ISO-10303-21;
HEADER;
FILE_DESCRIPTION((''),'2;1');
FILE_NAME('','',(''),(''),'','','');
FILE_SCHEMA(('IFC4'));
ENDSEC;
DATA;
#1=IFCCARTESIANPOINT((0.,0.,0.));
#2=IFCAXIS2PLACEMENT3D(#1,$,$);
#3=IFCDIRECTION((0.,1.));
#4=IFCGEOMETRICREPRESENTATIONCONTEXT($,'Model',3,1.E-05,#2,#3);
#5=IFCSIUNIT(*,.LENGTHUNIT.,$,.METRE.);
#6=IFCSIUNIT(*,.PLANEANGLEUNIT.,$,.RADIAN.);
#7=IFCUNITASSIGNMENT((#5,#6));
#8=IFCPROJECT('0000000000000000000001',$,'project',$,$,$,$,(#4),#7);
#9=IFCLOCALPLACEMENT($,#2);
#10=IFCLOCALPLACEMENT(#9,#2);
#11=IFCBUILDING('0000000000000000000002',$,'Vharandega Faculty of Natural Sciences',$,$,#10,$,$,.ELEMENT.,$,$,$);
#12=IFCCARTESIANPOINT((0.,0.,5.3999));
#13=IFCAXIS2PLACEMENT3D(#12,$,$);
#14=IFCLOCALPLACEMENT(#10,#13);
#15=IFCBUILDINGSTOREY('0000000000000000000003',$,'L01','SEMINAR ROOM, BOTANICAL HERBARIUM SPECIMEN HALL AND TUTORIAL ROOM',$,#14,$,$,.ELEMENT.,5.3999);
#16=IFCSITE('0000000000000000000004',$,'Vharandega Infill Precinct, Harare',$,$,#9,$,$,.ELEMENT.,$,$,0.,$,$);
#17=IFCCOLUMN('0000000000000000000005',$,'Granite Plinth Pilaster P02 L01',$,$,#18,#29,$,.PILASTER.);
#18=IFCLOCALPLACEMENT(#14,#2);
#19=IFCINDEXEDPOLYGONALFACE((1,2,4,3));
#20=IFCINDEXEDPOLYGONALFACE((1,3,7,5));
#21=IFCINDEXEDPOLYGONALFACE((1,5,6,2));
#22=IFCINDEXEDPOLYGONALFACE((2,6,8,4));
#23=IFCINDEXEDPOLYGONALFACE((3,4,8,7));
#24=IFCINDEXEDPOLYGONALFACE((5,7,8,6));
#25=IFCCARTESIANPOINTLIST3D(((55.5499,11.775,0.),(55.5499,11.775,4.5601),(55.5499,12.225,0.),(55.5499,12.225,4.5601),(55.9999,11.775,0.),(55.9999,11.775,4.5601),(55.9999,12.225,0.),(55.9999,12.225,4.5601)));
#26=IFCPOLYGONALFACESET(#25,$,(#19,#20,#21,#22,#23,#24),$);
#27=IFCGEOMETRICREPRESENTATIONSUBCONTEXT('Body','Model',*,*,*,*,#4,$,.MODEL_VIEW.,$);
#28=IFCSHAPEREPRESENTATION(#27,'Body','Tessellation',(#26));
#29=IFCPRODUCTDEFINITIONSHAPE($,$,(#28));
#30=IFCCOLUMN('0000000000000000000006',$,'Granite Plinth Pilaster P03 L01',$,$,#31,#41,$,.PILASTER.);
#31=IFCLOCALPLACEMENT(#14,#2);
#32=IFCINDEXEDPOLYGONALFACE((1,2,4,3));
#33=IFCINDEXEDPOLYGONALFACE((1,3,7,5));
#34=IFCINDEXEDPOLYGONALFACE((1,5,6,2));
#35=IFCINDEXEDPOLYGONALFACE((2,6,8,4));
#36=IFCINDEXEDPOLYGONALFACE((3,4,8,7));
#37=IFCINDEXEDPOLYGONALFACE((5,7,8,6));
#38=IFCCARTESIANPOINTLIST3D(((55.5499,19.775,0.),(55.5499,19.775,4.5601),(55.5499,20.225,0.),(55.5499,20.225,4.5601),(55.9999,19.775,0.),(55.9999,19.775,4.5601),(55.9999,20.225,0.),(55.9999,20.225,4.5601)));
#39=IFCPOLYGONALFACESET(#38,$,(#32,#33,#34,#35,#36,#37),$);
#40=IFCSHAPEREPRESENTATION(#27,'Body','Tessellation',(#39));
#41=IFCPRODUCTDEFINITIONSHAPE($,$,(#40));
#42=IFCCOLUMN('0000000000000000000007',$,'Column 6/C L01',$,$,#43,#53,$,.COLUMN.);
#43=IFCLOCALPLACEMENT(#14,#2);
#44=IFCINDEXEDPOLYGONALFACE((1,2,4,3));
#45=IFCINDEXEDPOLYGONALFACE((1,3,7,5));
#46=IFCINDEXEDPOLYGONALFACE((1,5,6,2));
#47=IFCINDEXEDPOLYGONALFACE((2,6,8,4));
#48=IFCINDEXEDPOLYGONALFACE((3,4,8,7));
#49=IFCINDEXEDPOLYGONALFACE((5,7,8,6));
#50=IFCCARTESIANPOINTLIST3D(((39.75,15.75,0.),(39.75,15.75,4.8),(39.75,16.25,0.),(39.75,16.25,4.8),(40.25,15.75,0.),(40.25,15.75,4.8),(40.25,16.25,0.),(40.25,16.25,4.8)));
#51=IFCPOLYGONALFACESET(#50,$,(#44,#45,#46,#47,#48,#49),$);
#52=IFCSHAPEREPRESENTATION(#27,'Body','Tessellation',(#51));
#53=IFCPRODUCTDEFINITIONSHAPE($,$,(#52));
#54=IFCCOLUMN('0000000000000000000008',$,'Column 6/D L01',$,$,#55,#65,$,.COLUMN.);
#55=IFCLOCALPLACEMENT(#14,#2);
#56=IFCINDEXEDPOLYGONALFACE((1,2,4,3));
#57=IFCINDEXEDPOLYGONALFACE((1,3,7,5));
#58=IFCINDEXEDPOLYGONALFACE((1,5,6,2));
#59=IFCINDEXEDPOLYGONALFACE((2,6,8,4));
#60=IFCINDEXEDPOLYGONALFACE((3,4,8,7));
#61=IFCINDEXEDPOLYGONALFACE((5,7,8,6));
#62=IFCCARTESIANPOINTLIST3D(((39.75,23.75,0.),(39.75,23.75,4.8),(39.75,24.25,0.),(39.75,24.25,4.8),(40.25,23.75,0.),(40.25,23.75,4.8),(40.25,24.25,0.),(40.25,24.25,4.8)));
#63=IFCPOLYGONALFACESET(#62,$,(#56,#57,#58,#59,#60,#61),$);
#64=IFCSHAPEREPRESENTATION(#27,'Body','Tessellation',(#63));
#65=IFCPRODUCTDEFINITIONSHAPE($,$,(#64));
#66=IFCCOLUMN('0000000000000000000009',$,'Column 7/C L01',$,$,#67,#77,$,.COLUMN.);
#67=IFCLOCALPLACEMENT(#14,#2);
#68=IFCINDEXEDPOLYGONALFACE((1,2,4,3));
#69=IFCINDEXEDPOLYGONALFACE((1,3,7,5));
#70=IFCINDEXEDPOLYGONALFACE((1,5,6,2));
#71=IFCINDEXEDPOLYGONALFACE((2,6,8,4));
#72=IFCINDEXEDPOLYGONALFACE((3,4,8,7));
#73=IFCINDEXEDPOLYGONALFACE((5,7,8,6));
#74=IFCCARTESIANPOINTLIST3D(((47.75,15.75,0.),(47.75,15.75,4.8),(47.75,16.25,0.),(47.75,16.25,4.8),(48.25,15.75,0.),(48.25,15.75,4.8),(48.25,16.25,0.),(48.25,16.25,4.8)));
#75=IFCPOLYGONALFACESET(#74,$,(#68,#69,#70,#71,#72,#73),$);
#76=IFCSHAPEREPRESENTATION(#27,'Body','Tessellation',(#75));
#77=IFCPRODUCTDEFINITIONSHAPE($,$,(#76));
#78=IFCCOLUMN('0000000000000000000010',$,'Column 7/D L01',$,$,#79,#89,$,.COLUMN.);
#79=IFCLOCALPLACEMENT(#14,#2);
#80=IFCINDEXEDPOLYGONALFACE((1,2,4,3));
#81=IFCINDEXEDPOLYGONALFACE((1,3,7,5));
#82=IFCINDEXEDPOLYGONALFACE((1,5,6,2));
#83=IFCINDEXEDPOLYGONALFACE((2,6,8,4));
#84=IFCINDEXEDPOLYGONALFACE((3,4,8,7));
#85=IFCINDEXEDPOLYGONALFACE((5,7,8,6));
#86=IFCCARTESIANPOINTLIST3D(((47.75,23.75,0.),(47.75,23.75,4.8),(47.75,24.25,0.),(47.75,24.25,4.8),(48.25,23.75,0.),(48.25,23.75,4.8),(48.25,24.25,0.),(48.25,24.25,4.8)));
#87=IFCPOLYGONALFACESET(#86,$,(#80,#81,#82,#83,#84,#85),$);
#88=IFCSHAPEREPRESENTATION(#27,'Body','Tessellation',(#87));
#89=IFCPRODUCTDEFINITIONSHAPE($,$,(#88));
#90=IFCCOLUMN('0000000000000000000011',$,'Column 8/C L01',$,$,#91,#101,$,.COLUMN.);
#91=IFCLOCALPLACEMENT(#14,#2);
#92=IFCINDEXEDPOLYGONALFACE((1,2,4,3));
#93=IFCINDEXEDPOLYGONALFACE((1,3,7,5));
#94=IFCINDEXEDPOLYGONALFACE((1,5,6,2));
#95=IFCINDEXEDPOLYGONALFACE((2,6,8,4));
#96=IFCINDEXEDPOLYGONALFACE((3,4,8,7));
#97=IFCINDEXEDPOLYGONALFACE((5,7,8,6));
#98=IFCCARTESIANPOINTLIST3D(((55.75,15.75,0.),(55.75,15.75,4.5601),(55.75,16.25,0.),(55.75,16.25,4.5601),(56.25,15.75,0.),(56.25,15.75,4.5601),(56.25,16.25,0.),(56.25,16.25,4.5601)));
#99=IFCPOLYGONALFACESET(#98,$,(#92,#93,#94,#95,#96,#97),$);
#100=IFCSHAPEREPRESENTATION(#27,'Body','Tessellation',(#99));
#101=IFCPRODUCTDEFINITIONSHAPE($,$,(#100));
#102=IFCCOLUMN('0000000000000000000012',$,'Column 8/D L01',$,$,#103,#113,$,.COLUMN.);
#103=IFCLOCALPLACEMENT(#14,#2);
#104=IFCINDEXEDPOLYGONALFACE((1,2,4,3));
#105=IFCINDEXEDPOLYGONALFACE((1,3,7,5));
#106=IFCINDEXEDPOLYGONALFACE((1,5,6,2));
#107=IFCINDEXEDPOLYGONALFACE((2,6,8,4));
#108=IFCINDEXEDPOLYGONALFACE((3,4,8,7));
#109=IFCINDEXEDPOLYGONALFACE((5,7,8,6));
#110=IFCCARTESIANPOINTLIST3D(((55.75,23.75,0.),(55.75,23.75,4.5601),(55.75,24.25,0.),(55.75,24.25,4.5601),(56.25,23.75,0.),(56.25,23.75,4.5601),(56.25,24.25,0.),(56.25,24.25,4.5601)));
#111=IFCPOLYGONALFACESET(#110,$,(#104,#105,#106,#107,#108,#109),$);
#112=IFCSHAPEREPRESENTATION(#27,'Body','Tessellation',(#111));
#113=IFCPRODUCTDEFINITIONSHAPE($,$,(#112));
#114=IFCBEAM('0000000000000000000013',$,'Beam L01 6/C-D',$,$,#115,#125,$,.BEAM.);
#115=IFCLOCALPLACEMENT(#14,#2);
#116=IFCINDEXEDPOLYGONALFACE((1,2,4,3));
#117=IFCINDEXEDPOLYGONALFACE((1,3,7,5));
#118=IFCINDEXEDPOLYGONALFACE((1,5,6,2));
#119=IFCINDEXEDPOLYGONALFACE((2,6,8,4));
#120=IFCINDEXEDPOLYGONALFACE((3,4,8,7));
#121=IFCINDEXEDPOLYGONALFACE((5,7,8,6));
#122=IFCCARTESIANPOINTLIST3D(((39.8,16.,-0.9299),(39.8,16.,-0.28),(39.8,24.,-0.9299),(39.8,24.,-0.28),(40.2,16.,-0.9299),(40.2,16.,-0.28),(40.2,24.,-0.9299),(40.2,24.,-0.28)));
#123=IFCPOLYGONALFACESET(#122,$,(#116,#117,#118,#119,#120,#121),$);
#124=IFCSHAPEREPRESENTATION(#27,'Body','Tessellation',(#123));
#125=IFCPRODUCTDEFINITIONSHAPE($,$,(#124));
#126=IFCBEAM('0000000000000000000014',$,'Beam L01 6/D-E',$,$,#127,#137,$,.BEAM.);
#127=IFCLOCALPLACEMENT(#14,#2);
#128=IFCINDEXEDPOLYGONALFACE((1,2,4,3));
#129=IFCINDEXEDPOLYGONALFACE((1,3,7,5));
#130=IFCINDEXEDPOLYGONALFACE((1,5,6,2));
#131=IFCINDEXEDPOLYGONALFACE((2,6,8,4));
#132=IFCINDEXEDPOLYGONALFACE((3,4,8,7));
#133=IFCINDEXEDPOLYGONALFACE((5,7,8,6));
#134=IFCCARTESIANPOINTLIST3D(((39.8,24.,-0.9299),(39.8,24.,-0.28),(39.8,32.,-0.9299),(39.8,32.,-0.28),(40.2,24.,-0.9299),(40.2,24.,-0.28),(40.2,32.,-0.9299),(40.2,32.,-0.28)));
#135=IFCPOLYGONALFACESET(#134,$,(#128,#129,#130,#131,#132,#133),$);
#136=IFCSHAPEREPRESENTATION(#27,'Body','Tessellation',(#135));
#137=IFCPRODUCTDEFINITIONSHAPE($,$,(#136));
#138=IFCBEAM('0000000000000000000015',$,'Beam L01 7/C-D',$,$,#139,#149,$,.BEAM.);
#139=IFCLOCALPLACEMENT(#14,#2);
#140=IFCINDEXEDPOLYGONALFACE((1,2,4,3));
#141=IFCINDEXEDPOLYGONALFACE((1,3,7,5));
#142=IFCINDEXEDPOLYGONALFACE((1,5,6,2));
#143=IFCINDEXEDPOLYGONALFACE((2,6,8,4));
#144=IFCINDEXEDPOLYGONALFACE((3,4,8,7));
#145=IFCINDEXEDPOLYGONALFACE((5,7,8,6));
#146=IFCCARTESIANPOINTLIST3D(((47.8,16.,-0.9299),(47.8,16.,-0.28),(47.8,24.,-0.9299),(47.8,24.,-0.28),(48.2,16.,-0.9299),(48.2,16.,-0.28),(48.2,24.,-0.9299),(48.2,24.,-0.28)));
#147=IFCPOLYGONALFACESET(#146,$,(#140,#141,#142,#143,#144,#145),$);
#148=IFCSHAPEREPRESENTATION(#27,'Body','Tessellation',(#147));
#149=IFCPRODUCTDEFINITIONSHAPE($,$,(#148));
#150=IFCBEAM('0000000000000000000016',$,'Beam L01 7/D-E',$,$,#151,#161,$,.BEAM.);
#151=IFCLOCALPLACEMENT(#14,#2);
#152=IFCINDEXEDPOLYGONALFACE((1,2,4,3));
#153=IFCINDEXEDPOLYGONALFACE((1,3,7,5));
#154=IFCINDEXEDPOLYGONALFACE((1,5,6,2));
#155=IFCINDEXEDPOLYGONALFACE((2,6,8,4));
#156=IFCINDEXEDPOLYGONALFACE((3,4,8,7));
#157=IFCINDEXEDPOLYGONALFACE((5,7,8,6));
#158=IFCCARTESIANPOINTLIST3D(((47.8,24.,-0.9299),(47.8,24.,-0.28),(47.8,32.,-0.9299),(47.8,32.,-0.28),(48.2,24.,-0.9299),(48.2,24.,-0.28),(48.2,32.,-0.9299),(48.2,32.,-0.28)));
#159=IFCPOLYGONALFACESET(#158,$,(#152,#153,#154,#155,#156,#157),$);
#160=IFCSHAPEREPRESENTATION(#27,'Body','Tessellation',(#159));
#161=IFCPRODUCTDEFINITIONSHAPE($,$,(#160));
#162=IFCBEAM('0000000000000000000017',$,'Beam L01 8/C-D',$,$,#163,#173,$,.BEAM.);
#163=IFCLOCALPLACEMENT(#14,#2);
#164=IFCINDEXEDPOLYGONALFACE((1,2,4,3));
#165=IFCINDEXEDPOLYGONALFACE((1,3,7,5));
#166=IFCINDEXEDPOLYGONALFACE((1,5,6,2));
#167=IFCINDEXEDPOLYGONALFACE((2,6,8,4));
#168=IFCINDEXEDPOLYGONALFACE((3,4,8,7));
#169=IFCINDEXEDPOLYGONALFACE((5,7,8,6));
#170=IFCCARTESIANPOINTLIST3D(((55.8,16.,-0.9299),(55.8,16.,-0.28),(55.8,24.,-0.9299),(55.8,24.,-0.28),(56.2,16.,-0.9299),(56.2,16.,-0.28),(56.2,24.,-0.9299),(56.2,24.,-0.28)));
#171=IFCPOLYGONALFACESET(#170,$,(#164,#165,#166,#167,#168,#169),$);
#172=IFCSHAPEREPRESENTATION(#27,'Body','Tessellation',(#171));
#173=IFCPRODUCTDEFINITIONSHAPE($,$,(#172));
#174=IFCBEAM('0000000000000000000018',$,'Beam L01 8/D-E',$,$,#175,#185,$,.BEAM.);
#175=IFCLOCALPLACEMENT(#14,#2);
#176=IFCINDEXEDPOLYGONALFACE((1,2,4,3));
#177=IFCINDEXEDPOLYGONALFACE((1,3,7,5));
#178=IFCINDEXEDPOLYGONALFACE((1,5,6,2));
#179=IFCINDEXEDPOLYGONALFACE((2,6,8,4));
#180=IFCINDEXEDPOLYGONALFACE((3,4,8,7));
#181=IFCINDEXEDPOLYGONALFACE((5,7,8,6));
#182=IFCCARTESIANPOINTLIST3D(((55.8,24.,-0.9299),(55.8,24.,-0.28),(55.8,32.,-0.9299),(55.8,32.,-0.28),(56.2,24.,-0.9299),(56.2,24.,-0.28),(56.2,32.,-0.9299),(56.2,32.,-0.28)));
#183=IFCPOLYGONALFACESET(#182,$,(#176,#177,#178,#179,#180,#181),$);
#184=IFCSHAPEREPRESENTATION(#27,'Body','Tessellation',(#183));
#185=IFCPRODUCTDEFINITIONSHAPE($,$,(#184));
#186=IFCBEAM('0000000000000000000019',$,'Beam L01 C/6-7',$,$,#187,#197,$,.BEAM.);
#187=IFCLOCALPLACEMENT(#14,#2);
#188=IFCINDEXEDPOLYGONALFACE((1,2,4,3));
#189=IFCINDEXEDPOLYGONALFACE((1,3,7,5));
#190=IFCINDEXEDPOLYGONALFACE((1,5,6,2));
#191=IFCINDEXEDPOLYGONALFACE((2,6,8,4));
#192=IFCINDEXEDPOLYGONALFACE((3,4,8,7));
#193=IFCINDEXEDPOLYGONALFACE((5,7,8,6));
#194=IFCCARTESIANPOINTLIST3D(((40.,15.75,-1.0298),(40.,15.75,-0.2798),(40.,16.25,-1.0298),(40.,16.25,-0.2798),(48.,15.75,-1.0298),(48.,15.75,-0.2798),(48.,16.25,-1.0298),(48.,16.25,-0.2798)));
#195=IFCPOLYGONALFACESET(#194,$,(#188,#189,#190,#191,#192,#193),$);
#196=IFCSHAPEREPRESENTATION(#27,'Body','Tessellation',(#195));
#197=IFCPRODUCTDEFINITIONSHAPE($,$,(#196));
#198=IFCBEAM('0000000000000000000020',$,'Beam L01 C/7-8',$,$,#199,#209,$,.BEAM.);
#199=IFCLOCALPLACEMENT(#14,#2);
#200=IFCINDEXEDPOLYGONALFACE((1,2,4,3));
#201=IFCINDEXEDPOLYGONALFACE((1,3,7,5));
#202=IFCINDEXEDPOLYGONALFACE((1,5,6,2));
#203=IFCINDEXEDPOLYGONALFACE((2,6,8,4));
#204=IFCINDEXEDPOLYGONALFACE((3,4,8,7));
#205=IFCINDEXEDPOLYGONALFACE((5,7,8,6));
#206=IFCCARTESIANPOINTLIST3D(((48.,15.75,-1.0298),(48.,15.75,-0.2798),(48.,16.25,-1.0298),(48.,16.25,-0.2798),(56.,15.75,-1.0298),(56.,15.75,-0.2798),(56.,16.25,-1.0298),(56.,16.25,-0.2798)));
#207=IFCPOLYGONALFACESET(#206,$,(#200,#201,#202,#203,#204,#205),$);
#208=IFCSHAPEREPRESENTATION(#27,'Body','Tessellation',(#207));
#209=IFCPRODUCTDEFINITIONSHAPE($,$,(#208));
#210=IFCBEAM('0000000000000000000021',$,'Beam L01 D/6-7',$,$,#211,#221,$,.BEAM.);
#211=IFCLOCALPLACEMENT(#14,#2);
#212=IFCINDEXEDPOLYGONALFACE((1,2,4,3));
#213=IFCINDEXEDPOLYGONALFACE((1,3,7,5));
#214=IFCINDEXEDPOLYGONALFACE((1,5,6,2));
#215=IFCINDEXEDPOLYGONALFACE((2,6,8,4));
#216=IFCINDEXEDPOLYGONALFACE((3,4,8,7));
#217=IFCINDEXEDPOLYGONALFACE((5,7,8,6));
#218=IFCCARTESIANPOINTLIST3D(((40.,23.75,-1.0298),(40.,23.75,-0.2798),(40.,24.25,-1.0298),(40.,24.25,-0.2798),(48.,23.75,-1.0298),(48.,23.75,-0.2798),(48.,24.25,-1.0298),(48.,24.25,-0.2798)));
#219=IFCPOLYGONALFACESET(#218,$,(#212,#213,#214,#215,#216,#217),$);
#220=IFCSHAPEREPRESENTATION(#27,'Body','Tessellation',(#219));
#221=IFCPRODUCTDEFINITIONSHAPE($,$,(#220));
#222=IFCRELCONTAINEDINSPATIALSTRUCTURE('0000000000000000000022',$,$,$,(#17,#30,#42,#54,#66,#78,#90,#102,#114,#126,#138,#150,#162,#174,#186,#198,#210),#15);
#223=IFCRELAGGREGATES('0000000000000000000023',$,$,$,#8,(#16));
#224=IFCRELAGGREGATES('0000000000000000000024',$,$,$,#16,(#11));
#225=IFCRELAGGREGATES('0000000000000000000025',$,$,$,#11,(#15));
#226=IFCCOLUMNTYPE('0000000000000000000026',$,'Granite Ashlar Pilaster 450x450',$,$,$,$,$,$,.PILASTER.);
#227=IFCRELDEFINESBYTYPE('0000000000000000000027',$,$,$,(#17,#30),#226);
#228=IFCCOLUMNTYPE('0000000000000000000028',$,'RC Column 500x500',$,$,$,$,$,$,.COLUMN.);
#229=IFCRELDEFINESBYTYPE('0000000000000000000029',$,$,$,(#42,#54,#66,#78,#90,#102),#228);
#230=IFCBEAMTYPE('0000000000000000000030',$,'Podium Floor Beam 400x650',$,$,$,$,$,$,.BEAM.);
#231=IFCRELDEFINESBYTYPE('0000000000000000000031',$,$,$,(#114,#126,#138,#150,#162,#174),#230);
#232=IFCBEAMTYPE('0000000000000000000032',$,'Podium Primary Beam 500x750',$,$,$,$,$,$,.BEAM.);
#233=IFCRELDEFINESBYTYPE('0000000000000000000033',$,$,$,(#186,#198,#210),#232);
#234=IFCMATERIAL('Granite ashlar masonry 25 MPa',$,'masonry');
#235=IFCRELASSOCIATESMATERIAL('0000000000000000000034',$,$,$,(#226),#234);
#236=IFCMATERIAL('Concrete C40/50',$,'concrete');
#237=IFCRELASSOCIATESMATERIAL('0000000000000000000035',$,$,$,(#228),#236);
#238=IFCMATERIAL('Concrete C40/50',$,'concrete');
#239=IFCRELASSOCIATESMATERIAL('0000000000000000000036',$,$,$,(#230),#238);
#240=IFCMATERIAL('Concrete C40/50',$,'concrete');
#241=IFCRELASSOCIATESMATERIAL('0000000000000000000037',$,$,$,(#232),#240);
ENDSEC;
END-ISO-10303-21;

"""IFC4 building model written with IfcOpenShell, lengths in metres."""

from ifc_helpers import new_model, si_unit, direction, frame, origin, origin_2d, place, context, subcontext, project, spatial, rectangle, extrude, material, material_profile, profile_set, type_object, element, save


model = new_model("IFC4")

# Units and contexts
model_context = context("Model", 3, precision=1e-05, world=origin(), true_north=direction((0.0, 1.0)))
body_context = subcontext(model_context, "Body", "Model", "MODEL_VIEW")
ifc_project = project(units=[si_unit("LENGTHUNIT", "METRE"), si_unit("PLANEANGLEUNIT", "RADIAN")], contexts=[model_context])

# Site, building, storey
site_placement = place(None, origin())
site = spatial("IfcSite", under=ifc_project, at=site_placement, Name="Vharandega Infill Precinct, Harare", CompositionType="ELEMENT", RefElevation=0.0)
building_placement = place(site_placement, origin())
building = spatial("IfcBuilding", under=site, at=building_placement, Name="Vharandega Faculty of Natural Sciences", CompositionType="ELEMENT")
storey_placement = place(building_placement, frame((0.0, 0.0, 5.3999)))
storey = spatial("IfcBuildingStorey", under=building, at=storey_placement, Name="L01", Description="SEMINAR ROOM, BOTANICAL HERBARIUM SPECIMEN HALL AND TUTORIAL ROOM", CompositionType="ELEMENT", Elevation=5.3999)

# Columns
ifc_material_1 = material(Name="Granite ashlar masonry 25 MPa", Category="masonry")
ifc_material_profile_1 = material_profile(ifc_material_1, rectangle(XDim=0.45, YDim=0.45, at=origin_2d()), Name="RECT 450X450")
ifc_profile_set_1 = profile_set([ifc_material_profile_1], Name="Granite ashlar masonry 25 MPa")
column_type_1 = type_object("IfcColumnType", Name="Granite Ashlar Pilaster 450x450", PredefinedType="PILASTER", material=ifc_profile_set_1)
for number, where, z_axis, x_axis, name in (
    (1, (55.7749, 12.0, 0.0), (0.0, 0.0, 1.0), (1.0, 0.0, 0.0), "Granite Plinth Pilaster P02 L01"),
    (2, (55.7749, 20.0, 0.0), (0.0, 0.0, 1.0), (1.0, 0.0, 0.0), "Granite Plinth Pilaster P03 L01"),
):
    element("IfcColumn", number, at=place(storey_placement, frame(where, z_axis=z_axis, x_axis=x_axis)), inside=storey, type_object=column_type_1, Name=name, PredefinedType="PILASTER", context=body_context, shape_type="SweptSolid", body=[
        extrude(rectangle(XDim=0.45, YDim=0.45, at=origin_2d()), origin(), (0.0, 0.0, 1.0), 4.5601),
    ])
ifc_material_2 = material(Name="Concrete C40/50", Category="concrete")
ifc_material_profile_2 = material_profile(ifc_material_2, rectangle(XDim=0.5, YDim=0.5, at=origin_2d()), Name="RC 500x500")
ifc_profile_set_2 = profile_set([ifc_material_profile_2], Name="Concrete C40/50")
column_type_2 = type_object("IfcColumnType", Name="RC Column 500x500", PredefinedType="COLUMN", material=ifc_profile_set_2)
for number, where, z_axis, x_axis, name in (
    (3, (40.0, 16.0, 0.0), (0.0, 0.0, 1.0), (1.0, 0.0, 0.0), "Column 6/C L01"),
    (4, (40.0, 24.0, 0.0), (0.0, 0.0, 1.0), (1.0, 0.0, 0.0), "Column 6/D L01"),
    (5, (48.0, 16.0, 0.0), (0.0, 0.0, 1.0), (1.0, 0.0, 0.0), "Column 7/C L01"),
    (6, (48.0, 24.0, 0.0), (0.0, 0.0, 1.0), (1.0, 0.0, 0.0), "Column 7/D L01"),
):
    element("IfcColumn", number, at=place(storey_placement, frame(where, z_axis=z_axis, x_axis=x_axis)), inside=storey, type_object=column_type_2, Name=name, PredefinedType="COLUMN", context=body_context, shape_type="SweptSolid", body=[
        extrude(rectangle(XDim=0.5, YDim=0.5, at=origin_2d()), origin(), (0.0, 0.0, 1.0), 4.8),
    ])
for number, where, z_axis, x_axis, name in (
    (7, (56.0, 16.0, 0.0), (0.0, 0.0, 1.0), (1.0, 0.0, 0.0), "Column 8/C L01"),
    (8, (56.0, 24.0, 0.0), (0.0, 0.0, 1.0), (1.0, 0.0, 0.0), "Column 8/D L01"),
):
    element("IfcColumn", number, at=place(storey_placement, frame(where, z_axis=z_axis, x_axis=x_axis)), inside=storey, type_object=column_type_2, Name=name, PredefinedType="COLUMN", context=body_context, shape_type="SweptSolid", body=[
        extrude(rectangle(XDim=0.5, YDim=0.5, at=origin_2d()), origin(), (0.0, 0.0, 1.0), 4.5601),
    ])

# Beams
ifc_material_3 = material(Name="Concrete C40/50", Category="concrete")
ifc_material_profile_3 = material_profile(ifc_material_3, rectangle(XDim=0.3999, YDim=0.6499, at=origin_2d()), Name="RC 400x650")
ifc_profile_set_3 = profile_set([ifc_material_profile_3], Name="Concrete C40/50")
beam_type_1 = type_object("IfcBeamType", Name="Podium Floor Beam 400x650", PredefinedType="BEAM", material=ifc_profile_set_3)
for number, where, z_axis, x_axis, name in (
    (9, (40.0, 16.0, -0.605), (0.0, 1.0, 0.0), (-1.0, 0.0, 0.0), "Beam L01 6/C-D"),
    (10, (40.0, 24.0, -0.605), (0.0, 1.0, 0.0), (-1.0, 0.0, 0.0), "Beam L01 6/D-E"),
    (11, (48.0, 16.0, -0.605), (0.0, 1.0, 0.0), (-1.0, 0.0, 0.0), "Beam L01 7/C-D"),
    (12, (48.0, 24.0, -0.605), (0.0, 1.0, 0.0), (-1.0, 0.0, 0.0), "Beam L01 7/D-E"),
    (13, (56.0, 16.0, -0.605), (0.0, 1.0, 0.0), (-1.0, 0.0, 0.0), "Beam L01 8/C-D"),
    (14, (56.0, 24.0, -0.605), (0.0, 1.0, 0.0), (-1.0, 0.0, 0.0), "Beam L01 8/D-E"),
):
    element("IfcBeam", number, at=place(storey_placement, frame(where, z_axis=z_axis, x_axis=x_axis)), inside=storey, type_object=beam_type_1, Name=name, PredefinedType="BEAM", context=body_context, shape_type="SweptSolid", body=[
        extrude(rectangle(XDim=0.3999, YDim=0.6499, at=origin_2d()), origin(), (0.0, 0.0, 1.0), 8.0),
    ])
ifc_material_4 = material(Name="Concrete C40/50", Category="concrete")
ifc_material_profile_4 = material_profile(ifc_material_4, rectangle(XDim=0.5, YDim=0.75, at=origin_2d()), Name="RC 500x750")
ifc_profile_set_4 = profile_set([ifc_material_profile_4], Name="Concrete C40/50")
beam_type_2 = type_object("IfcBeamType", Name="Podium Primary Beam 500x750", PredefinedType="BEAM", material=ifc_profile_set_4)
for number, where, z_axis, x_axis, name in (
    (15, (40.0, 16.0, -0.6548), (1.0, 0.0, 0.0), (0.0, 1.0, 0.0), "Beam L01 C/6-7"),
    (16, (48.0, 16.0, -0.6548), (1.0, 0.0, 0.0), (0.0, 1.0, 0.0), "Beam L01 C/7-8"),
    (17, (40.0, 24.0, -0.6548), (1.0, 0.0, 0.0), (0.0, 1.0, 0.0), "Beam L01 D/6-7"),
):
    element("IfcBeam", number, at=place(storey_placement, frame(where, z_axis=z_axis, x_axis=x_axis)), inside=storey, type_object=beam_type_2, Name=name, PredefinedType="BEAM", context=body_context, shape_type="SweptSolid", body=[
        extrude(rectangle(XDim=0.5, YDim=0.75, at=origin_2d()), origin(), (0.0, 0.0, 1.0), 8.0),
    ])

save(model, "model.ifc")
